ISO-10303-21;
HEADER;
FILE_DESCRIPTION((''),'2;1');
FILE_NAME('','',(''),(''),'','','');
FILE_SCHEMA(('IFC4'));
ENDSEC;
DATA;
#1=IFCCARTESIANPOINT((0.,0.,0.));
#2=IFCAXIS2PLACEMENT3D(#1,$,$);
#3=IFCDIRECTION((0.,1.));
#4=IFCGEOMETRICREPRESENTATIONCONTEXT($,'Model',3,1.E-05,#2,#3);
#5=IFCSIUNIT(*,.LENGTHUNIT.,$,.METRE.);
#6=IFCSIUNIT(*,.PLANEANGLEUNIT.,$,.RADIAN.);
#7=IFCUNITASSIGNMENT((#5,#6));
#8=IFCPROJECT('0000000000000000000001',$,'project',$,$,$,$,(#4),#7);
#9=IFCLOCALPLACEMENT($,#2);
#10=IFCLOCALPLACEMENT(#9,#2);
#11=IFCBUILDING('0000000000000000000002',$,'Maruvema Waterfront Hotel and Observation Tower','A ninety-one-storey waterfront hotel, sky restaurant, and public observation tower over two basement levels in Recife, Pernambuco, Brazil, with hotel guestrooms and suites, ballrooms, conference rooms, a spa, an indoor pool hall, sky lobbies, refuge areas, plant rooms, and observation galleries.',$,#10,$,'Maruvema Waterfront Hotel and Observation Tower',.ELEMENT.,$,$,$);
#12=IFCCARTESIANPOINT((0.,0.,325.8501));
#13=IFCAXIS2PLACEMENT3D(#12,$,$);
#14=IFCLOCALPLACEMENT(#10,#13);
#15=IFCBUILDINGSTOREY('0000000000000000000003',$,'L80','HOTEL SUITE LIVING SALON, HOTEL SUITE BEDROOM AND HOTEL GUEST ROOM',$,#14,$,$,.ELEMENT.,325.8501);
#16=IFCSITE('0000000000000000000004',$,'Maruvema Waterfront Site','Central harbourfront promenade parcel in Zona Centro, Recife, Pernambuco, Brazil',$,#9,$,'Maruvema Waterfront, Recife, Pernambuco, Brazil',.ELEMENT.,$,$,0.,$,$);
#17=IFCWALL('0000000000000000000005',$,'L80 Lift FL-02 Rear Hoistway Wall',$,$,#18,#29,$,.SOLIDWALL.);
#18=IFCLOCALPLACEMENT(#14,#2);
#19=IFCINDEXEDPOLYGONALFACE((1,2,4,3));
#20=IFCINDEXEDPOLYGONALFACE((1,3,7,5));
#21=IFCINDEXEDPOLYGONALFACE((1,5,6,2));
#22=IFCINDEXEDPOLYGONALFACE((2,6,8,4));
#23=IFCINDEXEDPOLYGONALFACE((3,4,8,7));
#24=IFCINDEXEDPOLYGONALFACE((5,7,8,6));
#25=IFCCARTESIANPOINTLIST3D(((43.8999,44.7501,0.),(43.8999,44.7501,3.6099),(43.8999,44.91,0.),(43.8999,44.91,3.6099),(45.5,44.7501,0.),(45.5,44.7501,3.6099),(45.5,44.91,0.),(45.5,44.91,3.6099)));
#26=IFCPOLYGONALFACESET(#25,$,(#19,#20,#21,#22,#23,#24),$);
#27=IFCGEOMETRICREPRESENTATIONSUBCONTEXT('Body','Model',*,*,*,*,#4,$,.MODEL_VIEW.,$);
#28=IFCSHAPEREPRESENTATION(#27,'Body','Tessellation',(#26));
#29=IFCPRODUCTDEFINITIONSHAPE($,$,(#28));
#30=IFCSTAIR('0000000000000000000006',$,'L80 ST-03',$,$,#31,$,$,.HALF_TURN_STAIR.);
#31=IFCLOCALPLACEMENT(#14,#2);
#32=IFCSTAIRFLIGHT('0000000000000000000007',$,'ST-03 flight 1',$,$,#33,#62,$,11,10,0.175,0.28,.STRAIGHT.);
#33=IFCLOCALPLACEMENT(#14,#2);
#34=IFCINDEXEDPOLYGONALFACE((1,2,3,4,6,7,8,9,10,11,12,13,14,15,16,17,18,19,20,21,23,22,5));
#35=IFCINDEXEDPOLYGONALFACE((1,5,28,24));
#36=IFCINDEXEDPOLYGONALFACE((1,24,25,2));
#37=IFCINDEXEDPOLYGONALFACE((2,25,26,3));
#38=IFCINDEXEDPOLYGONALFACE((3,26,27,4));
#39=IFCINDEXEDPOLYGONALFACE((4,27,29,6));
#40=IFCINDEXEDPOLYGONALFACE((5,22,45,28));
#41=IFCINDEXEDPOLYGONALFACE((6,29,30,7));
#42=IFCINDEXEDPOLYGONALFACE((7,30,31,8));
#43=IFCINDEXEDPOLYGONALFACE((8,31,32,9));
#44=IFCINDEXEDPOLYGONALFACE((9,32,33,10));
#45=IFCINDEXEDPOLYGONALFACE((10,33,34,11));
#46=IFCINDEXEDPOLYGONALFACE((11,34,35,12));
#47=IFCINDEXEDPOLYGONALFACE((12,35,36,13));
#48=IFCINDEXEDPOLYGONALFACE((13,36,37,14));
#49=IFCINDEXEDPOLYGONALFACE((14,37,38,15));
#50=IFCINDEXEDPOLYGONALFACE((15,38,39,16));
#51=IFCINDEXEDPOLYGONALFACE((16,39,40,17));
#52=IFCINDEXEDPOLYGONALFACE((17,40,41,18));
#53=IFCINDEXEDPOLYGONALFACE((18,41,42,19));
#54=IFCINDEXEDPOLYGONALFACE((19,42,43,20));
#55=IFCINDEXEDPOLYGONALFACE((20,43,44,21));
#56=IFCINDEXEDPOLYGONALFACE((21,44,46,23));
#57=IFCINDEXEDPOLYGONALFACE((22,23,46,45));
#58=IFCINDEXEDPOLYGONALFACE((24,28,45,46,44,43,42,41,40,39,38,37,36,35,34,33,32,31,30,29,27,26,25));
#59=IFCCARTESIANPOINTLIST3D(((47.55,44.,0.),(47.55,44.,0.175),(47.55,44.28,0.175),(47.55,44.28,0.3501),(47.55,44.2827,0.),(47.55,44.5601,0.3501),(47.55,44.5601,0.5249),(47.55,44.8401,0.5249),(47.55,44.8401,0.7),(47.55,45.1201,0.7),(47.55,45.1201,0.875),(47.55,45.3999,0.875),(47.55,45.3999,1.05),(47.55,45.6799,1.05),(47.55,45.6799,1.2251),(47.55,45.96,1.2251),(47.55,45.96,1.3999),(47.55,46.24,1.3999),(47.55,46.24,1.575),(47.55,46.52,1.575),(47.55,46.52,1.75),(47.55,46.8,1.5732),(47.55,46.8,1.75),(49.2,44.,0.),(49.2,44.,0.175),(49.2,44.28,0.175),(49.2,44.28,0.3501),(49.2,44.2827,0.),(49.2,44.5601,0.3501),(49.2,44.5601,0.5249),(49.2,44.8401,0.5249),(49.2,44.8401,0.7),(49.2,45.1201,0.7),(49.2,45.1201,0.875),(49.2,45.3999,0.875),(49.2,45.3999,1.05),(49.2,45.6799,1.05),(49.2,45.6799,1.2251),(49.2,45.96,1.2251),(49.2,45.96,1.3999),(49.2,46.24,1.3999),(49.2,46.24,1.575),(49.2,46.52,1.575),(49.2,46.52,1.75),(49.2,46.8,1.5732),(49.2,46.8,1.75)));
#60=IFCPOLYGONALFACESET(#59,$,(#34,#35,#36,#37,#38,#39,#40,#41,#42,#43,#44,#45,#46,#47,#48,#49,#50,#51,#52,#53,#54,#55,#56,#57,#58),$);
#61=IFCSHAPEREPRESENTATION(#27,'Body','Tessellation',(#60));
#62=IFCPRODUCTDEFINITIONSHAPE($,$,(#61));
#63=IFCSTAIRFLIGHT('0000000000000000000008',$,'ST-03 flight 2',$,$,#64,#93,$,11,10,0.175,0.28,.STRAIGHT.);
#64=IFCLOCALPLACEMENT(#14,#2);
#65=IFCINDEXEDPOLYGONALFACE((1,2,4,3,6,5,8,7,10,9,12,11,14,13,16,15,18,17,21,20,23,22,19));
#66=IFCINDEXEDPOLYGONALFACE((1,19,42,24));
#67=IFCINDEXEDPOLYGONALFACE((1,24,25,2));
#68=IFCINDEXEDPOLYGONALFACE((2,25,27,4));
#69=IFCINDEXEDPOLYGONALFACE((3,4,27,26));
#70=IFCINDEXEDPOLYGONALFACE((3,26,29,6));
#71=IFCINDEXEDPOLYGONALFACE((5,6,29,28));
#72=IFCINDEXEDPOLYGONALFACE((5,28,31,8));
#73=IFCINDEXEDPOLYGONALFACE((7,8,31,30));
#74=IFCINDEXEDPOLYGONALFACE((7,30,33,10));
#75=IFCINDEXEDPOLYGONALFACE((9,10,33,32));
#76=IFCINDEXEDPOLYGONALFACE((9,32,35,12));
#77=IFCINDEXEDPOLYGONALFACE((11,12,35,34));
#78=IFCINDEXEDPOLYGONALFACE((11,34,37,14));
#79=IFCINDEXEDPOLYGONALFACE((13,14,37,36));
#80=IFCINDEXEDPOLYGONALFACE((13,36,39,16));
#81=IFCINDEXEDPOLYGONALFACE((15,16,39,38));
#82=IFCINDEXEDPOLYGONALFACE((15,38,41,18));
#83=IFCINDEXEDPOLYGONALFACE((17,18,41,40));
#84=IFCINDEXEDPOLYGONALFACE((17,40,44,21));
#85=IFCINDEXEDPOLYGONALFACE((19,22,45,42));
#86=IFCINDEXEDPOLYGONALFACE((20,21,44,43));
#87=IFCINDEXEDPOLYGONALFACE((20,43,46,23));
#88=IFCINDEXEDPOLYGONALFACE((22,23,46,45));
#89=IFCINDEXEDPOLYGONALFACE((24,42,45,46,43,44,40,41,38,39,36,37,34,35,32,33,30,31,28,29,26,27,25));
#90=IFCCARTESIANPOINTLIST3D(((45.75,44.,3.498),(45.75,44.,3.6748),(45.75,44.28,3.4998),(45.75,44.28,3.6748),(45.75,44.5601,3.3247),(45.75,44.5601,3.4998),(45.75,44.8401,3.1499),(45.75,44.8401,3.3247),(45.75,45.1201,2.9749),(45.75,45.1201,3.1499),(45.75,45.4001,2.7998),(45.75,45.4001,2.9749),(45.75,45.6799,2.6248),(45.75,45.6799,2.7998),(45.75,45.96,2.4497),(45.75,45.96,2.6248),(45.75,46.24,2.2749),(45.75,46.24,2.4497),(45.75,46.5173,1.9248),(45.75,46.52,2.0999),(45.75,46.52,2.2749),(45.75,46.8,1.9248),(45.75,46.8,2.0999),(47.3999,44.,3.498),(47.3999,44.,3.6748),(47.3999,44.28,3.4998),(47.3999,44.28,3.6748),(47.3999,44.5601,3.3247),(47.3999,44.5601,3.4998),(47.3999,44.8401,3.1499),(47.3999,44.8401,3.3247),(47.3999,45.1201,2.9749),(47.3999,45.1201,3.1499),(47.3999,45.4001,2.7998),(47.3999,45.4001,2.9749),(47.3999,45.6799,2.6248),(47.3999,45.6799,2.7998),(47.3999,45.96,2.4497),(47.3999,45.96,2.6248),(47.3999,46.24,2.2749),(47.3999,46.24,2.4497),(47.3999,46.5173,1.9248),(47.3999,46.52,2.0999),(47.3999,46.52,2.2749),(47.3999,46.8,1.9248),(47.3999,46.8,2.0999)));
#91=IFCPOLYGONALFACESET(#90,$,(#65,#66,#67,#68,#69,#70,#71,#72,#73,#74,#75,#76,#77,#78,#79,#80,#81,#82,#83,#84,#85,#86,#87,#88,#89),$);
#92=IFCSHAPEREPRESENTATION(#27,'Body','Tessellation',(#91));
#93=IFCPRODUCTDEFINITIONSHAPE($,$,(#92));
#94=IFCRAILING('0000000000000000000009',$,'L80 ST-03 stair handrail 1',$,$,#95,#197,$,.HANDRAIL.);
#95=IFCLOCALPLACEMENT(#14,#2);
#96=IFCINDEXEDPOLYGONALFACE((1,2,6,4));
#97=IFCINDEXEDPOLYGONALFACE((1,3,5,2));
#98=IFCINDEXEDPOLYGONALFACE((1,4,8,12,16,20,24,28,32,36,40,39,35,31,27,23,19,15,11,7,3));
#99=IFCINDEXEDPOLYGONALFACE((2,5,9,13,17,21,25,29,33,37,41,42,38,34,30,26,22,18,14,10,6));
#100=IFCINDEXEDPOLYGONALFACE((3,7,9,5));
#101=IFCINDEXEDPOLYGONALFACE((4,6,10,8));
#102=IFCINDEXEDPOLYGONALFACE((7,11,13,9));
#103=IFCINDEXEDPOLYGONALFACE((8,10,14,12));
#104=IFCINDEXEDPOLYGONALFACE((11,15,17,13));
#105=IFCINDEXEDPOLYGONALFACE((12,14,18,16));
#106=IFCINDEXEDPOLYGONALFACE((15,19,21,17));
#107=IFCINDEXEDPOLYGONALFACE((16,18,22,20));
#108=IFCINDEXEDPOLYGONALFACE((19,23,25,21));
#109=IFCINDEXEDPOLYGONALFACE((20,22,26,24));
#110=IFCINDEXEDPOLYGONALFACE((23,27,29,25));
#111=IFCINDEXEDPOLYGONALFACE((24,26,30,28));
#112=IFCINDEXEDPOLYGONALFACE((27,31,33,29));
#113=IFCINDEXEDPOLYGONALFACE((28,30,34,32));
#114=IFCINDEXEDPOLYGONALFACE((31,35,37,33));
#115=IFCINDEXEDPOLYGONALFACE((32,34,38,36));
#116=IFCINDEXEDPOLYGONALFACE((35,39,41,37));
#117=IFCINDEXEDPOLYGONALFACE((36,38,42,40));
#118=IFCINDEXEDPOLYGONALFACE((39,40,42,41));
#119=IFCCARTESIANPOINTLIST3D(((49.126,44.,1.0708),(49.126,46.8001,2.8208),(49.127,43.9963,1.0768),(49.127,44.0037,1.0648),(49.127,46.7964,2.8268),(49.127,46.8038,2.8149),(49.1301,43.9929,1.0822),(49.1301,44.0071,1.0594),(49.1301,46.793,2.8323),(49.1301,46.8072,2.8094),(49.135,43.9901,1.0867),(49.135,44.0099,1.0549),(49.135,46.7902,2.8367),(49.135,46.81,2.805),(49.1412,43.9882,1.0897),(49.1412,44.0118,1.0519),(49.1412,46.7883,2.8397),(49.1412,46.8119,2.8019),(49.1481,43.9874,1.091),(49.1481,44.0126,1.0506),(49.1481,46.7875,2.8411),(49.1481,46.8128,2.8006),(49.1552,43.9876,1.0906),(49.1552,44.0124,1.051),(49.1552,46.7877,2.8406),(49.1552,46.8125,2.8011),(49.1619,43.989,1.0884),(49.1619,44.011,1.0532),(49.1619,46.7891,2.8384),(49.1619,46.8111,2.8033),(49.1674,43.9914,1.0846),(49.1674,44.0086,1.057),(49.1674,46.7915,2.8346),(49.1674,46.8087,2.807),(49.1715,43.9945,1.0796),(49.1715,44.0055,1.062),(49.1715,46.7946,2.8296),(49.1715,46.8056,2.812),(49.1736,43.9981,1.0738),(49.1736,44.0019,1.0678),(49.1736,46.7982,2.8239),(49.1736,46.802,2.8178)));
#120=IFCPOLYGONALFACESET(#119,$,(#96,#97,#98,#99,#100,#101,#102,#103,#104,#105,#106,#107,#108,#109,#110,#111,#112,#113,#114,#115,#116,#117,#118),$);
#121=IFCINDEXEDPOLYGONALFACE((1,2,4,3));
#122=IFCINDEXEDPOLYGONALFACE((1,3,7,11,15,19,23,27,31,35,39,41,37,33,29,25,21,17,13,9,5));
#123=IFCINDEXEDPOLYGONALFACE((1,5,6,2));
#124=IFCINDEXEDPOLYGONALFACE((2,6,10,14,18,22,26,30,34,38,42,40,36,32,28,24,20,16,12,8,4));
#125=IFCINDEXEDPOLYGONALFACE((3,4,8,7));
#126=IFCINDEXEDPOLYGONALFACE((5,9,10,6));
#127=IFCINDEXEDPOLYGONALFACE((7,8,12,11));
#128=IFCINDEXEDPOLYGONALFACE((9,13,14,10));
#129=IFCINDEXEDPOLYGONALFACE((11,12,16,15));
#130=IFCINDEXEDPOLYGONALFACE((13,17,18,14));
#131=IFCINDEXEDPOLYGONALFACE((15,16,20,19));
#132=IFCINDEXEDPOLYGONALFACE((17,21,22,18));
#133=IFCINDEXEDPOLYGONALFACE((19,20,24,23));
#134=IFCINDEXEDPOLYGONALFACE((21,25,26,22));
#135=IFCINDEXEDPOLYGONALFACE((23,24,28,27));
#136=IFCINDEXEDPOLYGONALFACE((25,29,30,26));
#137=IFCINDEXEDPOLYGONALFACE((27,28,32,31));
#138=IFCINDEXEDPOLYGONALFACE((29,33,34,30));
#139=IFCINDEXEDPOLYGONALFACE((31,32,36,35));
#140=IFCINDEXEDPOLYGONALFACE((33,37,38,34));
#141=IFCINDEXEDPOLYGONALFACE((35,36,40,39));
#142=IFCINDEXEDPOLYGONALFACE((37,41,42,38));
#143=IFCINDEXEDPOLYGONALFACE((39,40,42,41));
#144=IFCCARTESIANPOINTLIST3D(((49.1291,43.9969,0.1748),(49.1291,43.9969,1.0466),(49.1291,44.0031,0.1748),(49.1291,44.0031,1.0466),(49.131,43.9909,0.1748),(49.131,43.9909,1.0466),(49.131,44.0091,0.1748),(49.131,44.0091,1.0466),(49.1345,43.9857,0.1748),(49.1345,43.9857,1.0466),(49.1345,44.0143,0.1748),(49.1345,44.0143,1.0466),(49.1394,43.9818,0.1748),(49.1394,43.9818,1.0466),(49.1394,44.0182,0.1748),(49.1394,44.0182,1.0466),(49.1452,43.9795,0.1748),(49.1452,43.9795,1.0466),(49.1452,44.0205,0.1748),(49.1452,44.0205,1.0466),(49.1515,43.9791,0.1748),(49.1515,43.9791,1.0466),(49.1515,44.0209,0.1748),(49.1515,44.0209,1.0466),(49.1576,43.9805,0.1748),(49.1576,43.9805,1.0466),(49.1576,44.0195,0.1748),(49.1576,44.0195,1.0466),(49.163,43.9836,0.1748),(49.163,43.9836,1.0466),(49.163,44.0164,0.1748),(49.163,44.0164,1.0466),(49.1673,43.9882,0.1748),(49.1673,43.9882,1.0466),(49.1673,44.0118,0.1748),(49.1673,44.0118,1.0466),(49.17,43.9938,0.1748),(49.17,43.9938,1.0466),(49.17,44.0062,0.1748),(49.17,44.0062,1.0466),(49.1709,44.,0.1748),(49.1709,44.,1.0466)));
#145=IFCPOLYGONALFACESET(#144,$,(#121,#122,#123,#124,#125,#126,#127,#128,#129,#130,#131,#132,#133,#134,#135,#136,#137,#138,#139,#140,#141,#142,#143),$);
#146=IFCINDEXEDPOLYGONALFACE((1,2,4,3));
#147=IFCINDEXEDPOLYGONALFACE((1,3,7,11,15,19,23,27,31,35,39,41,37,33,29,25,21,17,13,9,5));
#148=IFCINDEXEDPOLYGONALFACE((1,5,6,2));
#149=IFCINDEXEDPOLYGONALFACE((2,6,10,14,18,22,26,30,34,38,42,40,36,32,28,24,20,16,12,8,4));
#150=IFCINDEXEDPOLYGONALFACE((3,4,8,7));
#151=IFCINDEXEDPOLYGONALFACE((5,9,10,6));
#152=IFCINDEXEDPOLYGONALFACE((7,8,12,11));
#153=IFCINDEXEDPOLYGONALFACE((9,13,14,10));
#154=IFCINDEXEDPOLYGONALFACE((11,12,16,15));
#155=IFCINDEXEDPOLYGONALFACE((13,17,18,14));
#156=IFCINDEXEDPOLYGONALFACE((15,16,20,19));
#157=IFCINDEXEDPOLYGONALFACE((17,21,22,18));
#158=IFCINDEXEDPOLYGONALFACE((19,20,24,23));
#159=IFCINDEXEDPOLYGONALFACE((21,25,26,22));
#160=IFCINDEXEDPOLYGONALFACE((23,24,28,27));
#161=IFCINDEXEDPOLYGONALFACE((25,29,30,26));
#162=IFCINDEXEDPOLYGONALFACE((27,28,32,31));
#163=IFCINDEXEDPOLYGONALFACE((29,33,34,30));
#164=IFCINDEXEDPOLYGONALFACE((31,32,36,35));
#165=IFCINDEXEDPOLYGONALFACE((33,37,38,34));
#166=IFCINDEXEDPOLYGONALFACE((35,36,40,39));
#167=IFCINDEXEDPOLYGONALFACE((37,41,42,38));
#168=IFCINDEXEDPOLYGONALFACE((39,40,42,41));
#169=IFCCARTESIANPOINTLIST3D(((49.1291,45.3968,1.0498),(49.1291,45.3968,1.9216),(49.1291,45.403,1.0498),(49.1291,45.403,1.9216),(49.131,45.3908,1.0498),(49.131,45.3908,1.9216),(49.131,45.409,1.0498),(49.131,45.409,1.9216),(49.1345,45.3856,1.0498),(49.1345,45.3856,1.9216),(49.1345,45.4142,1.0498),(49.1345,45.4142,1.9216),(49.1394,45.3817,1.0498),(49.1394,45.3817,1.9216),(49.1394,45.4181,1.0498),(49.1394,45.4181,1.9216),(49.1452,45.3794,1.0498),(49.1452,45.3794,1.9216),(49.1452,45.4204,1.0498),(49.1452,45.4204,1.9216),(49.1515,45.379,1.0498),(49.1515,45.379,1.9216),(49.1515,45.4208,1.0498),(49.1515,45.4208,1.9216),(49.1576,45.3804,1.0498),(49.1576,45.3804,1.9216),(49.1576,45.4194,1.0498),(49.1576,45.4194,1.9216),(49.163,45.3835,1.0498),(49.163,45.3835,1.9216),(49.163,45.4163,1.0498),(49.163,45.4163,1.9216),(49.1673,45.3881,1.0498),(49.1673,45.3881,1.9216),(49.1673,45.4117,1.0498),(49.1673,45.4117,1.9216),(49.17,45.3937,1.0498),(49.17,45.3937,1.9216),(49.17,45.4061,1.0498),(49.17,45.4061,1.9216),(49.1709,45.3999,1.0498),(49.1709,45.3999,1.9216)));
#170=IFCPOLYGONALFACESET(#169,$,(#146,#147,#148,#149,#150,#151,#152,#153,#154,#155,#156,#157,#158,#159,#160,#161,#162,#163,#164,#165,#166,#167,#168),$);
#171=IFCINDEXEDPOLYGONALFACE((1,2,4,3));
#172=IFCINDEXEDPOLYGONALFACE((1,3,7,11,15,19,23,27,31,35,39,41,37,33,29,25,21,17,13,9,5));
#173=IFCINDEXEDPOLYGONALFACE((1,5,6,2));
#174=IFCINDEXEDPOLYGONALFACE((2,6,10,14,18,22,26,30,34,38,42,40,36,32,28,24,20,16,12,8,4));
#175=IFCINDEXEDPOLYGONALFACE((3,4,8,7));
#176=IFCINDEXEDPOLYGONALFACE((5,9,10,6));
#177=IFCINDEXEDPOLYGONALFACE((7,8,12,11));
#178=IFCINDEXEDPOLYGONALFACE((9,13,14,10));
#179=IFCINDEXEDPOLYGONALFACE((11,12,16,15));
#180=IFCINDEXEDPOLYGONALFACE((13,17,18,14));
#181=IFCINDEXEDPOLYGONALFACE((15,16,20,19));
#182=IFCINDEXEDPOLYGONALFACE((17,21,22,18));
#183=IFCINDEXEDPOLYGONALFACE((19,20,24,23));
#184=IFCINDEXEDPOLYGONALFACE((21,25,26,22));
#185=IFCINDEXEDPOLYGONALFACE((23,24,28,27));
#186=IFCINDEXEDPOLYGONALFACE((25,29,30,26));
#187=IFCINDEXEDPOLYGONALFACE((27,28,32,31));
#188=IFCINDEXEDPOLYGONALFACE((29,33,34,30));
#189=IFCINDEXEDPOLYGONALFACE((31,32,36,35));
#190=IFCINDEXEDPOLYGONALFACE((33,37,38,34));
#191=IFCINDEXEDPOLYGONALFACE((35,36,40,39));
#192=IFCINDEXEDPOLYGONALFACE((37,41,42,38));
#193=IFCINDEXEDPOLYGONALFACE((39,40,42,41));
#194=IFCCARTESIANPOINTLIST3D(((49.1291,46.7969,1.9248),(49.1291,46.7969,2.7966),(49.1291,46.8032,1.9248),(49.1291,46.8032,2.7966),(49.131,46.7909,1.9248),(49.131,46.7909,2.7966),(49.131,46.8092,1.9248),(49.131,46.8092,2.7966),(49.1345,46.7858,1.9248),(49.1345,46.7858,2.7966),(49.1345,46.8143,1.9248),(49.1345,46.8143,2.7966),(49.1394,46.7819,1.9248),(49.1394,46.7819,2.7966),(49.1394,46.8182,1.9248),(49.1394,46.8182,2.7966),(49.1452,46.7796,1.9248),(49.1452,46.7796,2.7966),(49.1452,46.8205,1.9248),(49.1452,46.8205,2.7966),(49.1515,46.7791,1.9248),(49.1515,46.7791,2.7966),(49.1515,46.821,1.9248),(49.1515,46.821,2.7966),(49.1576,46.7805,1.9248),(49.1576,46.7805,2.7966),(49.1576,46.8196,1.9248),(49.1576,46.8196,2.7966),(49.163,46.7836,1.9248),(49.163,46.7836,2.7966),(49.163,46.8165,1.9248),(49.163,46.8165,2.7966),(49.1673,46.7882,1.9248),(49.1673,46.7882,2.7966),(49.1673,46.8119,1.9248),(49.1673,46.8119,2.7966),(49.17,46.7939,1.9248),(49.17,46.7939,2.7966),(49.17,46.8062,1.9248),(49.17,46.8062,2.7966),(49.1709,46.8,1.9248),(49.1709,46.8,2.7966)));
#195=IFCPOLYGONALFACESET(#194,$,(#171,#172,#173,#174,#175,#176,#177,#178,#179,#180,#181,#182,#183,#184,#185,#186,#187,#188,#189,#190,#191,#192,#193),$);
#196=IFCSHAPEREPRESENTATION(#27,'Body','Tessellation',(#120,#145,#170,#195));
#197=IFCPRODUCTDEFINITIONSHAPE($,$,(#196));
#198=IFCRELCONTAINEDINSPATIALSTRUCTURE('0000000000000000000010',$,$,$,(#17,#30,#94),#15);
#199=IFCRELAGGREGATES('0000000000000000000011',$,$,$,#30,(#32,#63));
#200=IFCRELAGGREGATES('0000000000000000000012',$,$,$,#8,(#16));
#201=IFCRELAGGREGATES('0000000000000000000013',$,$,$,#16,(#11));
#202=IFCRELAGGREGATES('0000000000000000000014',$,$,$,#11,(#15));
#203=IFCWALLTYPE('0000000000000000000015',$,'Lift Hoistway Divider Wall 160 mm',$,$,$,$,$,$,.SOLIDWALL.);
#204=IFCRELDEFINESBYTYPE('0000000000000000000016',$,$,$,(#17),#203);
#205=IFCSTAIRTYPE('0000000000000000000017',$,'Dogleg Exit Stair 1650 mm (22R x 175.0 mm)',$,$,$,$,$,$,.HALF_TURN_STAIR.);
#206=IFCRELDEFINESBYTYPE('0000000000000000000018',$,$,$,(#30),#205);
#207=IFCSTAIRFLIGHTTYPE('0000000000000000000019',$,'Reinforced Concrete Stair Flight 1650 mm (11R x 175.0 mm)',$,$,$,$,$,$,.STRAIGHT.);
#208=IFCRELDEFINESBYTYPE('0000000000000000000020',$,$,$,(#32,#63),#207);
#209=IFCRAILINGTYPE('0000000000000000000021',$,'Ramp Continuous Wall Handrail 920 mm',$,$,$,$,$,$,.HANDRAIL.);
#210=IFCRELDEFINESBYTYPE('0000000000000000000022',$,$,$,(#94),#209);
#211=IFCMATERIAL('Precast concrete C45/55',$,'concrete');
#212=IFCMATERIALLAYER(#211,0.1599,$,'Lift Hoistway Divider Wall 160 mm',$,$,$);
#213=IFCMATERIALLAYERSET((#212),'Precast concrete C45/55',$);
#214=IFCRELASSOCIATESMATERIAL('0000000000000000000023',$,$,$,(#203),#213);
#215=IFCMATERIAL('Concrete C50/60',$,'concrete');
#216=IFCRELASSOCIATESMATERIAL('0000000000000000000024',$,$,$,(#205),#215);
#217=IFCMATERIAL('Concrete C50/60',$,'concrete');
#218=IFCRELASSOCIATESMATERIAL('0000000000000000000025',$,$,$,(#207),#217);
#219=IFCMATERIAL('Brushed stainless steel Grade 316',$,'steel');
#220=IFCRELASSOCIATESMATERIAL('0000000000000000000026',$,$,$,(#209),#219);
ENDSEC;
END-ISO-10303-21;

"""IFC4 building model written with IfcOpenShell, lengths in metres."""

from ifc_helpers import new_model, si_unit, direction, frame, frame_2d, origin, origin_2d, place, context, subcontext, project, spatial, polyline, rectangle, circle, outline, extrude, material, layer, layer_set, type_object, element, aggregate, save


model = new_model("IFC4")

# Units and contexts
model_context = context("Model", 3, precision=1e-05, world=origin(), true_north=direction((0.0, 1.0)))
body_context = subcontext(model_context, "Body", "Model", "MODEL_VIEW")
ifc_project = project(units=[si_unit("LENGTHUNIT", "METRE"), si_unit("PLANEANGLEUNIT", "RADIAN")], contexts=[model_context])

# Site, building, storey
site_placement = place(None, origin())
site = spatial("IfcSite", under=ifc_project, at=site_placement, Name="Maruvema Waterfront Site", Description="Central harbourfront promenade parcel in Zona Centro, Recife, Pernambuco, Brazil", LongName="Maruvema Waterfront, Recife, Pernambuco, Brazil", CompositionType="ELEMENT", RefElevation=0.0)
building_placement = place(site_placement, origin())
building = spatial("IfcBuilding", under=site, at=building_placement, Name="Maruvema Waterfront Hotel and Observation Tower", Description="A ninety-one-storey waterfront hotel, sky restaurant, and public observation tower over two basement levels in Recife, Pernambuco, Brazil, with hotel guestrooms and suites, ballrooms, conference rooms, a spa, an indoor pool hall, sky lobbies, refuge areas, plant rooms, and observation galleries.", LongName="Maruvema Waterfront Hotel and Observation Tower", CompositionType="ELEMENT")
storey_placement = place(building_placement, frame((0.0, 0.0, 325.8501)))
storey = spatial("IfcBuildingStorey", under=building, at=storey_placement, Name="L80", Description="HOTEL SUITE LIVING SALON, HOTEL SUITE BEDROOM AND HOTEL GUEST ROOM", CompositionType="ELEMENT", Elevation=325.8501)

# Wall
ifc_material_1 = material(Name="Precast concrete C45/55", Category="concrete")
ifc_layer_1 = layer(ifc_material_1, 0.1599, Name="Lift Hoistway Divider Wall 160 mm")
ifc_layer_set_1 = layer_set([ifc_layer_1], Name="Precast concrete C45/55")
wall_type_1 = type_object("IfcWallType", Name="Lift Hoistway Divider Wall 160 mm", PredefinedType="SOLIDWALL", material=ifc_layer_set_1)
wall_1_placement = place(storey_placement, frame((43.8999, 44.8301, 0.0), z_axis=(0.0, 0.0, 1.0), x_axis=(1.0, 0.0, 0.0)))
element("IfcWall", 1, at=wall_1_placement, inside=storey, type_object=wall_type_1, Name="L80 Lift FL-02 Rear Hoistway Wall", PredefinedType="SOLIDWALL", context=body_context, shape_type="SweptSolid", body=[
    extrude(rectangle(XDim=1.6001, YDim=0.1599, at=frame_2d((0.8, 0.0))), origin(), (0.0, 0.0, 1.0), 3.6099),
])

# Stair, stair flights
ifc_material_2 = material(Name="Concrete C50/60", Category="concrete")
stair_type = type_object("IfcStairType", Name="Dogleg Exit Stair 1650 mm (22R x 175.0 mm)", PredefinedType="HALF_TURN_STAIR", material=ifc_material_2)
stair_placement = place(storey_placement, origin())
stair = element("IfcStair", 2, at=stair_placement, inside=storey, type_object=stair_type, Name="L80 ST-03", PredefinedType="HALF_TURN_STAIR")
ifc_material_3 = material(Name="Concrete C50/60", Category="concrete")
stair_flight_type = type_object("IfcStairFlightType", Name="Reinforced Concrete Stair Flight 1650 mm (11R x 175.0 mm)", PredefinedType="STRAIGHT", material=ifc_material_3)
stair_flight_1_placement = place(storey_placement, frame((48.375, 44.0, 0.0), z_axis=(0.0, 0.0, 1.0), x_axis=(0.0, 1.0, 0.0)))
stair_flight_1 = element("IfcStairFlight", 3, at=stair_flight_1_placement, type_object=stair_flight_type, Name="ST-03 flight 1", NumberOfRisers=11, NumberOfTreads=10, PredefinedType="STRAIGHT", RiserHeight=0.175, TreadLength=0.28, context=body_context, shape_type="SweptSolid", body=[
    extrude(outline(polyline([(0.0, 0.0), (0.0, 0.175), (0.28, 0.175), (0.28, 0.3501), (0.5601, 0.3501), (0.5601, 0.5249), (0.8401, 0.5249), (0.8401, 0.7), (1.1201, 0.7), (1.1201, 0.875), (1.3999, 0.875), (1.3999, 1.05), (1.6799, 1.05), (1.6799, 1.2251), (1.96, 1.2251), (1.96, 1.3999), (2.24, 1.3999), (2.24, 1.575), (2.52, 1.575), (2.52, 1.75), (2.8, 1.75), (2.8, 1.925), (2.8, 1.5732), (0.2827, 0.0), (0.0, 0.0)])), frame((0.0, 0.825, 0.0), z_axis=(0.0, -1.0, 0.0), x_axis=(1.0, 0.0, 0.0)), (0.0, 0.0, 1.0), 1.6499),
])
stair_flight_2_placement = place(storey_placement, frame((46.575, 46.8, 1.9248), z_axis=(0.0, 0.0, 1.0), x_axis=(0.0, -1.0, 0.0)))
stair_flight_2 = element("IfcStairFlight", 4, at=stair_flight_2_placement, type_object=stair_flight_type, Name="ST-03 flight 2", NumberOfRisers=11, NumberOfTreads=10, PredefinedType="STRAIGHT", RiserHeight=0.175, TreadLength=0.28, context=body_context, shape_type="SweptSolid", body=[
    extrude(outline(polyline([(0.0, 0.0), (0.0, 0.175), (0.28, 0.175), (0.28, 0.3501), (0.5601, 0.3501), (0.5601, 0.5249), (0.8401, 0.5249), (0.8401, 0.7), (1.1201, 0.7), (1.1201, 0.875), (1.3999, 0.875), (1.3999, 1.05), (1.6799, 1.05), (1.6799, 1.2251), (1.96, 1.2251), (1.96, 1.3999), (2.24, 1.3999), (2.24, 1.575), (2.52, 1.575), (2.52, 1.75), (2.8, 1.75), (2.8, 1.925), (2.8, 1.5732), (0.2827, 0.0), (0.0, 0.0)])), frame((0.0, 0.825, 0.0), z_axis=(0.0, -1.0, 0.0), x_axis=(1.0, 0.0, 0.0)), (0.0, 0.0, 1.0), 1.6499),
])
aggregate(stair, [stair_flight_1, stair_flight_2])

# Railing
ifc_material_4 = material(Name="Brushed stainless steel Grade 316", Category="steel")
railing_type_1 = type_object("IfcRailingType", Name="Ramp Continuous Wall Handrail 920 mm", PredefinedType="HANDRAIL", material=ifc_material_4)
railing_1_placement = place(storey_placement, frame((49.1499, 44.0, 0.1748)))
element("IfcRailing", 5, at=railing_1_placement, inside=storey, type_object=railing_type_1, Name="L80 ST-03 stair handrail 1", PredefinedType="HANDRAIL", context=body_context, shape_type="SweptSolid", body=[
    extrude(circle(Radius=0.0239, at=origin_2d()), frame((0.0, 0.0, 0.896), z_axis=(0.0, 0.848002, 0.529992), x_axis=(-1.0, 0.0, 0.0)), (0.0, 0.0, 1.0), 3.302),
    extrude(circle(Radius=0.021, at=origin_2d()), origin(), (0.0, 0.0, 1.0), 0.8718),
    extrude(circle(Radius=0.021, at=origin_2d()), frame((0.0, 1.3999, 0.875)), (0.0, 0.0, 1.0), 0.8718),
    extrude(circle(Radius=0.021, at=origin_2d()), frame((0.0, 2.8, 1.75)), (0.0, 0.0, 1.0), 0.8718),
])

save(model, "model.ifc")
